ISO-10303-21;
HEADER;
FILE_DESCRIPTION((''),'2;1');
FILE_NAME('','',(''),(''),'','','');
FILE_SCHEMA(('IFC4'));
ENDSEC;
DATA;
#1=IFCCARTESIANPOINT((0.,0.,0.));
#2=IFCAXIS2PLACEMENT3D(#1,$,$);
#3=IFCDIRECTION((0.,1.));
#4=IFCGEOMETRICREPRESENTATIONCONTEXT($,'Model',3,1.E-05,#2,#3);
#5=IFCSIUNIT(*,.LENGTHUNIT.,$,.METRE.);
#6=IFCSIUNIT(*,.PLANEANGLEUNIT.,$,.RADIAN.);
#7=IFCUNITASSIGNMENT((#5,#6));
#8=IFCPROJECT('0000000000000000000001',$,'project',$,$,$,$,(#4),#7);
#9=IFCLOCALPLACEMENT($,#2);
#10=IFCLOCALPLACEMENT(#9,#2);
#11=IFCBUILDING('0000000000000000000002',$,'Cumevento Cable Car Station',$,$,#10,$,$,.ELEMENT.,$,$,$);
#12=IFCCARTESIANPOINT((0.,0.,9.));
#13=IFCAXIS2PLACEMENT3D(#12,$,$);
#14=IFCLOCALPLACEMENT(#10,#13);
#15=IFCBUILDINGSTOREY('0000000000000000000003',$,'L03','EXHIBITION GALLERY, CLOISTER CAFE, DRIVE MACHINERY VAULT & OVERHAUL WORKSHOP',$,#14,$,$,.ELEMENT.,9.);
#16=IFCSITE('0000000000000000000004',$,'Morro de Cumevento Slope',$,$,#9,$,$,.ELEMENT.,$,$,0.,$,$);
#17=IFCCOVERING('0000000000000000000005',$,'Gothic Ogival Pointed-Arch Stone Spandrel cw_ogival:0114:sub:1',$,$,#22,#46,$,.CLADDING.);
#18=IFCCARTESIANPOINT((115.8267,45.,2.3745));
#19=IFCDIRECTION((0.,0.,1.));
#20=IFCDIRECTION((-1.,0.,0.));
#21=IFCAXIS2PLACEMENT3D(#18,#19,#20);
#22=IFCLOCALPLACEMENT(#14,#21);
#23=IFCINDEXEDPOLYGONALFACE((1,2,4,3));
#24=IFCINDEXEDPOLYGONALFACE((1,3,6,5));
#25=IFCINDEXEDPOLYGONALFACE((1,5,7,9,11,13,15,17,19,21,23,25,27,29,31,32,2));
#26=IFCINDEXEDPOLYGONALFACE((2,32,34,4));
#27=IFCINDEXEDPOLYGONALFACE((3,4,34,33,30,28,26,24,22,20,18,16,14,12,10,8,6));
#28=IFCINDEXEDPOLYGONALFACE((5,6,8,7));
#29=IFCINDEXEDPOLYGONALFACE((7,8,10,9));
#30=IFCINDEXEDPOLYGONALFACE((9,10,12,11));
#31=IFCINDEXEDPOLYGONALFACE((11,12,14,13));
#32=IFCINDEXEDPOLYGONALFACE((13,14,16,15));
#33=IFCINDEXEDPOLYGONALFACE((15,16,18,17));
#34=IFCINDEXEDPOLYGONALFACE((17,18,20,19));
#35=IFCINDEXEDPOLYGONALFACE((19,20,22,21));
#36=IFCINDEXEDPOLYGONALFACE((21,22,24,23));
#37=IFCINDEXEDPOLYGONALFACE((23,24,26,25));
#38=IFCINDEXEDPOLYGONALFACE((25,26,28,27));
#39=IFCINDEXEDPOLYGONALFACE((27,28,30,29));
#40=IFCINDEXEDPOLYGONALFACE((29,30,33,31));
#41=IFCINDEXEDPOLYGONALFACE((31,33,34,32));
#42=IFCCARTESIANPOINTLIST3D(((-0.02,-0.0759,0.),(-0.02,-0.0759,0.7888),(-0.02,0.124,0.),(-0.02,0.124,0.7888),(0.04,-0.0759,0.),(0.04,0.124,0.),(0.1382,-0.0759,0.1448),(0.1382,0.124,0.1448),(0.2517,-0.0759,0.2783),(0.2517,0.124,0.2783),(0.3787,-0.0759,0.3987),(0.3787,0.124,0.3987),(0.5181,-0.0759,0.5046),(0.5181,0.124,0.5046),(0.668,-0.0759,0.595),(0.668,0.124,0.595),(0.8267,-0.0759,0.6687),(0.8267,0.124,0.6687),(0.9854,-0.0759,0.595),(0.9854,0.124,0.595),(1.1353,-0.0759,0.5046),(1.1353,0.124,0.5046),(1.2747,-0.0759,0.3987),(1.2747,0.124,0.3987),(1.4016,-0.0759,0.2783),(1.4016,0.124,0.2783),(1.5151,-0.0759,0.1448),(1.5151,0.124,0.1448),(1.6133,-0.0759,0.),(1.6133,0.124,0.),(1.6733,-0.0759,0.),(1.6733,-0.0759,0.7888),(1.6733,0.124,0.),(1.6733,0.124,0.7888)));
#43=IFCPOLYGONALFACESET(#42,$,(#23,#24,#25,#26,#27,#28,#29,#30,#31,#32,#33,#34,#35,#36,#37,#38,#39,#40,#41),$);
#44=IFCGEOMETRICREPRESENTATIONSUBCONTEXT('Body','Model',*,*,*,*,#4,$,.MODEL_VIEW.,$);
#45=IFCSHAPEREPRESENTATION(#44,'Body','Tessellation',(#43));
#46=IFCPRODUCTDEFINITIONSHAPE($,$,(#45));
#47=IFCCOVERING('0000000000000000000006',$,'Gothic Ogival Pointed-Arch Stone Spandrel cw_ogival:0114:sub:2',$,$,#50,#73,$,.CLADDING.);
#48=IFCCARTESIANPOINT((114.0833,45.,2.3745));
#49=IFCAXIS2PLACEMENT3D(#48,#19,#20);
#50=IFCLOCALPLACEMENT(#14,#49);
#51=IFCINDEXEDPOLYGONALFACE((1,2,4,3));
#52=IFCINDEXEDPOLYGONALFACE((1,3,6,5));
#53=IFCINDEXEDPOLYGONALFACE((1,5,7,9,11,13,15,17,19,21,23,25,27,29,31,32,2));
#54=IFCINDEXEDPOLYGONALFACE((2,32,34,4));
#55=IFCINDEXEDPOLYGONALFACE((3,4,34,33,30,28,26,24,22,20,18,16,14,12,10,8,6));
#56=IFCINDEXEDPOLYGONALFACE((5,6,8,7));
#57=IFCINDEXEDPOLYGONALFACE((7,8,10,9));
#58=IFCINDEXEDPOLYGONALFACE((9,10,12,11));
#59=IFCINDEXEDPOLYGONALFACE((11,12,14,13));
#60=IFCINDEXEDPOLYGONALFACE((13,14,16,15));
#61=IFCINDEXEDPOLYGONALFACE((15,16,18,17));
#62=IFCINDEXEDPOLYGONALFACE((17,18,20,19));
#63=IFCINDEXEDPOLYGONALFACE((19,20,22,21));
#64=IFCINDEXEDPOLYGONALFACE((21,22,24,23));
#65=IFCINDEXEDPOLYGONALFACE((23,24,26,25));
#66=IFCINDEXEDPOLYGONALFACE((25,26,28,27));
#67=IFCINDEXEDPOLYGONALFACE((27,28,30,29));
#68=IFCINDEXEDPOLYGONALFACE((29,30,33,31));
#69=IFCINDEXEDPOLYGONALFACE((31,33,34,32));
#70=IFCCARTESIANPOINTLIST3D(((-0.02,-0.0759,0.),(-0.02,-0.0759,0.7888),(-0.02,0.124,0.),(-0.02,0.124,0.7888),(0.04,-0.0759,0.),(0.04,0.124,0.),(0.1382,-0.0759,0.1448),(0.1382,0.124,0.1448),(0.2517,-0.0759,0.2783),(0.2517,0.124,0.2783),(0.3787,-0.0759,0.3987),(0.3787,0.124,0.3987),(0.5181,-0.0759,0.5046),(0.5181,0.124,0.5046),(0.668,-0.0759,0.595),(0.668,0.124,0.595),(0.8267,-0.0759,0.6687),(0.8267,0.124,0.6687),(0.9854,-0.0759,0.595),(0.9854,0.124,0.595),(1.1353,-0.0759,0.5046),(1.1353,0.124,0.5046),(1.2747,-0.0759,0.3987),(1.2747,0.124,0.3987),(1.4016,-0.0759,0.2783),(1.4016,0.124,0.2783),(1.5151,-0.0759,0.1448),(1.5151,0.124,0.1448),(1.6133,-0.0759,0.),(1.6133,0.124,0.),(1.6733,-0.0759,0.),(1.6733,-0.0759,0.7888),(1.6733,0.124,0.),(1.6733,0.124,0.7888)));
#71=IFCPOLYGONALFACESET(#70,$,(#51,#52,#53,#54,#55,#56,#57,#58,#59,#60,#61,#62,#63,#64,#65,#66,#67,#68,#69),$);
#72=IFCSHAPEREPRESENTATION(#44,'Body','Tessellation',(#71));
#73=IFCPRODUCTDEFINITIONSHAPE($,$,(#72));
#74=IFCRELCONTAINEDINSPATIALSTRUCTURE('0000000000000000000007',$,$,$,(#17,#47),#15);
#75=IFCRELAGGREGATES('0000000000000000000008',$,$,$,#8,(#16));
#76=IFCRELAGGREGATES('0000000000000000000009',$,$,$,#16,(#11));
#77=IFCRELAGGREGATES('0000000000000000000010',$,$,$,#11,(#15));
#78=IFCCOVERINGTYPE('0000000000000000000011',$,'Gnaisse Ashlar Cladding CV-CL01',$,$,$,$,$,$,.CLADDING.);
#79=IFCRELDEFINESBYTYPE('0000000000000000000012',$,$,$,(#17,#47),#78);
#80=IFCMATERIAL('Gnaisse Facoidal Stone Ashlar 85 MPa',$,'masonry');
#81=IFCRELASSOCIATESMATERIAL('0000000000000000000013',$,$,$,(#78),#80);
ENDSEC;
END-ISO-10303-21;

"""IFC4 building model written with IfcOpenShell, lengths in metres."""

from ifc_helpers import new_model, si_unit, direction, frame, origin, place, context, subcontext, project, spatial, polyline, outline, extrude, material, type_object, element, save


model = new_model("IFC4")

# Units and contexts
model_context = context("Model", 3, precision=1e-05, world=origin(), true_north=direction((0.0, 1.0)))
body_context = subcontext(model_context, "Body", "Model", "MODEL_VIEW")
ifc_project = project(units=[si_unit("LENGTHUNIT", "METRE"), si_unit("PLANEANGLEUNIT", "RADIAN")], contexts=[model_context])

# Site, building, storey
site_placement = place(None, origin())
site = spatial("IfcSite", under=ifc_project, at=site_placement, Name="Morro de Cumevento Slope", CompositionType="ELEMENT", RefElevation=0.0)
building_placement = place(site_placement, origin())
building = spatial("IfcBuilding", under=site, at=building_placement, Name="Cumevento Cable Car Station", CompositionType="ELEMENT")
storey_placement = place(building_placement, frame((0.0, 0.0, 9.0)))
storey = spatial("IfcBuildingStorey", under=building, at=storey_placement, Name="L03", Description="EXHIBITION GALLERY, CLOISTER CAFE, DRIVE MACHINERY VAULT & OVERHAUL WORKSHOP", CompositionType="ELEMENT", Elevation=9.0)

# Coverings
ifc_material_1 = material(Name="Gnaisse Facoidal Stone Ashlar 85 MPa", Category="masonry")
covering_type = type_object("IfcCoveringType", Name="Gnaisse Ashlar Cladding CV-CL01", PredefinedType="CLADDING", material=ifc_material_1)
for number, where, z_axis, x_axis, name in (
    (1, (115.8267, 45.0, 2.3745), (0.0, 0.0, 1.0), (-1.0, 0.0, 0.0), "Gothic Ogival Pointed-Arch Stone Spandrel cw_ogival:0114:sub:1"),
    (2, (114.0833, 45.0, 2.3745), (0.0, 0.0, 1.0), (-1.0, 0.0, 0.0), "Gothic Ogival Pointed-Arch Stone Spandrel cw_ogival:0114:sub:2"),
):
    element("IfcCovering", number, at=place(storey_placement, frame(where, z_axis=z_axis, x_axis=x_axis)), inside=storey, type_object=covering_type, Name=name, PredefinedType="CLADDING", context=body_context, shape_type="SweptSolid", body=[
        extrude(outline(polyline([(-0.02, 0.0), (-0.02, 0.7888), (1.6733, 0.7888), (1.6733, 0.0), (1.6133, 0.0), (1.5151, 0.1448), (1.4016, 0.2783), (1.2747, 0.3987), (1.1353, 0.5046), (0.9854, 0.595), (0.8267, 0.6687), (0.668, 0.595), (0.5181, 0.5046), (0.3787, 0.3987), (0.2517, 0.2783), (0.1382, 0.1448), (0.04, 0.0), (-0.02, 0.0)])), frame((0.0, 0.124, 0.0), z_axis=(0.0, -1.0, 0.0), x_axis=(1.0, 0.0, 0.0)), (0.0, 0.0, 1.0), 0.2),
    ])

save(model, "model.ifc")
